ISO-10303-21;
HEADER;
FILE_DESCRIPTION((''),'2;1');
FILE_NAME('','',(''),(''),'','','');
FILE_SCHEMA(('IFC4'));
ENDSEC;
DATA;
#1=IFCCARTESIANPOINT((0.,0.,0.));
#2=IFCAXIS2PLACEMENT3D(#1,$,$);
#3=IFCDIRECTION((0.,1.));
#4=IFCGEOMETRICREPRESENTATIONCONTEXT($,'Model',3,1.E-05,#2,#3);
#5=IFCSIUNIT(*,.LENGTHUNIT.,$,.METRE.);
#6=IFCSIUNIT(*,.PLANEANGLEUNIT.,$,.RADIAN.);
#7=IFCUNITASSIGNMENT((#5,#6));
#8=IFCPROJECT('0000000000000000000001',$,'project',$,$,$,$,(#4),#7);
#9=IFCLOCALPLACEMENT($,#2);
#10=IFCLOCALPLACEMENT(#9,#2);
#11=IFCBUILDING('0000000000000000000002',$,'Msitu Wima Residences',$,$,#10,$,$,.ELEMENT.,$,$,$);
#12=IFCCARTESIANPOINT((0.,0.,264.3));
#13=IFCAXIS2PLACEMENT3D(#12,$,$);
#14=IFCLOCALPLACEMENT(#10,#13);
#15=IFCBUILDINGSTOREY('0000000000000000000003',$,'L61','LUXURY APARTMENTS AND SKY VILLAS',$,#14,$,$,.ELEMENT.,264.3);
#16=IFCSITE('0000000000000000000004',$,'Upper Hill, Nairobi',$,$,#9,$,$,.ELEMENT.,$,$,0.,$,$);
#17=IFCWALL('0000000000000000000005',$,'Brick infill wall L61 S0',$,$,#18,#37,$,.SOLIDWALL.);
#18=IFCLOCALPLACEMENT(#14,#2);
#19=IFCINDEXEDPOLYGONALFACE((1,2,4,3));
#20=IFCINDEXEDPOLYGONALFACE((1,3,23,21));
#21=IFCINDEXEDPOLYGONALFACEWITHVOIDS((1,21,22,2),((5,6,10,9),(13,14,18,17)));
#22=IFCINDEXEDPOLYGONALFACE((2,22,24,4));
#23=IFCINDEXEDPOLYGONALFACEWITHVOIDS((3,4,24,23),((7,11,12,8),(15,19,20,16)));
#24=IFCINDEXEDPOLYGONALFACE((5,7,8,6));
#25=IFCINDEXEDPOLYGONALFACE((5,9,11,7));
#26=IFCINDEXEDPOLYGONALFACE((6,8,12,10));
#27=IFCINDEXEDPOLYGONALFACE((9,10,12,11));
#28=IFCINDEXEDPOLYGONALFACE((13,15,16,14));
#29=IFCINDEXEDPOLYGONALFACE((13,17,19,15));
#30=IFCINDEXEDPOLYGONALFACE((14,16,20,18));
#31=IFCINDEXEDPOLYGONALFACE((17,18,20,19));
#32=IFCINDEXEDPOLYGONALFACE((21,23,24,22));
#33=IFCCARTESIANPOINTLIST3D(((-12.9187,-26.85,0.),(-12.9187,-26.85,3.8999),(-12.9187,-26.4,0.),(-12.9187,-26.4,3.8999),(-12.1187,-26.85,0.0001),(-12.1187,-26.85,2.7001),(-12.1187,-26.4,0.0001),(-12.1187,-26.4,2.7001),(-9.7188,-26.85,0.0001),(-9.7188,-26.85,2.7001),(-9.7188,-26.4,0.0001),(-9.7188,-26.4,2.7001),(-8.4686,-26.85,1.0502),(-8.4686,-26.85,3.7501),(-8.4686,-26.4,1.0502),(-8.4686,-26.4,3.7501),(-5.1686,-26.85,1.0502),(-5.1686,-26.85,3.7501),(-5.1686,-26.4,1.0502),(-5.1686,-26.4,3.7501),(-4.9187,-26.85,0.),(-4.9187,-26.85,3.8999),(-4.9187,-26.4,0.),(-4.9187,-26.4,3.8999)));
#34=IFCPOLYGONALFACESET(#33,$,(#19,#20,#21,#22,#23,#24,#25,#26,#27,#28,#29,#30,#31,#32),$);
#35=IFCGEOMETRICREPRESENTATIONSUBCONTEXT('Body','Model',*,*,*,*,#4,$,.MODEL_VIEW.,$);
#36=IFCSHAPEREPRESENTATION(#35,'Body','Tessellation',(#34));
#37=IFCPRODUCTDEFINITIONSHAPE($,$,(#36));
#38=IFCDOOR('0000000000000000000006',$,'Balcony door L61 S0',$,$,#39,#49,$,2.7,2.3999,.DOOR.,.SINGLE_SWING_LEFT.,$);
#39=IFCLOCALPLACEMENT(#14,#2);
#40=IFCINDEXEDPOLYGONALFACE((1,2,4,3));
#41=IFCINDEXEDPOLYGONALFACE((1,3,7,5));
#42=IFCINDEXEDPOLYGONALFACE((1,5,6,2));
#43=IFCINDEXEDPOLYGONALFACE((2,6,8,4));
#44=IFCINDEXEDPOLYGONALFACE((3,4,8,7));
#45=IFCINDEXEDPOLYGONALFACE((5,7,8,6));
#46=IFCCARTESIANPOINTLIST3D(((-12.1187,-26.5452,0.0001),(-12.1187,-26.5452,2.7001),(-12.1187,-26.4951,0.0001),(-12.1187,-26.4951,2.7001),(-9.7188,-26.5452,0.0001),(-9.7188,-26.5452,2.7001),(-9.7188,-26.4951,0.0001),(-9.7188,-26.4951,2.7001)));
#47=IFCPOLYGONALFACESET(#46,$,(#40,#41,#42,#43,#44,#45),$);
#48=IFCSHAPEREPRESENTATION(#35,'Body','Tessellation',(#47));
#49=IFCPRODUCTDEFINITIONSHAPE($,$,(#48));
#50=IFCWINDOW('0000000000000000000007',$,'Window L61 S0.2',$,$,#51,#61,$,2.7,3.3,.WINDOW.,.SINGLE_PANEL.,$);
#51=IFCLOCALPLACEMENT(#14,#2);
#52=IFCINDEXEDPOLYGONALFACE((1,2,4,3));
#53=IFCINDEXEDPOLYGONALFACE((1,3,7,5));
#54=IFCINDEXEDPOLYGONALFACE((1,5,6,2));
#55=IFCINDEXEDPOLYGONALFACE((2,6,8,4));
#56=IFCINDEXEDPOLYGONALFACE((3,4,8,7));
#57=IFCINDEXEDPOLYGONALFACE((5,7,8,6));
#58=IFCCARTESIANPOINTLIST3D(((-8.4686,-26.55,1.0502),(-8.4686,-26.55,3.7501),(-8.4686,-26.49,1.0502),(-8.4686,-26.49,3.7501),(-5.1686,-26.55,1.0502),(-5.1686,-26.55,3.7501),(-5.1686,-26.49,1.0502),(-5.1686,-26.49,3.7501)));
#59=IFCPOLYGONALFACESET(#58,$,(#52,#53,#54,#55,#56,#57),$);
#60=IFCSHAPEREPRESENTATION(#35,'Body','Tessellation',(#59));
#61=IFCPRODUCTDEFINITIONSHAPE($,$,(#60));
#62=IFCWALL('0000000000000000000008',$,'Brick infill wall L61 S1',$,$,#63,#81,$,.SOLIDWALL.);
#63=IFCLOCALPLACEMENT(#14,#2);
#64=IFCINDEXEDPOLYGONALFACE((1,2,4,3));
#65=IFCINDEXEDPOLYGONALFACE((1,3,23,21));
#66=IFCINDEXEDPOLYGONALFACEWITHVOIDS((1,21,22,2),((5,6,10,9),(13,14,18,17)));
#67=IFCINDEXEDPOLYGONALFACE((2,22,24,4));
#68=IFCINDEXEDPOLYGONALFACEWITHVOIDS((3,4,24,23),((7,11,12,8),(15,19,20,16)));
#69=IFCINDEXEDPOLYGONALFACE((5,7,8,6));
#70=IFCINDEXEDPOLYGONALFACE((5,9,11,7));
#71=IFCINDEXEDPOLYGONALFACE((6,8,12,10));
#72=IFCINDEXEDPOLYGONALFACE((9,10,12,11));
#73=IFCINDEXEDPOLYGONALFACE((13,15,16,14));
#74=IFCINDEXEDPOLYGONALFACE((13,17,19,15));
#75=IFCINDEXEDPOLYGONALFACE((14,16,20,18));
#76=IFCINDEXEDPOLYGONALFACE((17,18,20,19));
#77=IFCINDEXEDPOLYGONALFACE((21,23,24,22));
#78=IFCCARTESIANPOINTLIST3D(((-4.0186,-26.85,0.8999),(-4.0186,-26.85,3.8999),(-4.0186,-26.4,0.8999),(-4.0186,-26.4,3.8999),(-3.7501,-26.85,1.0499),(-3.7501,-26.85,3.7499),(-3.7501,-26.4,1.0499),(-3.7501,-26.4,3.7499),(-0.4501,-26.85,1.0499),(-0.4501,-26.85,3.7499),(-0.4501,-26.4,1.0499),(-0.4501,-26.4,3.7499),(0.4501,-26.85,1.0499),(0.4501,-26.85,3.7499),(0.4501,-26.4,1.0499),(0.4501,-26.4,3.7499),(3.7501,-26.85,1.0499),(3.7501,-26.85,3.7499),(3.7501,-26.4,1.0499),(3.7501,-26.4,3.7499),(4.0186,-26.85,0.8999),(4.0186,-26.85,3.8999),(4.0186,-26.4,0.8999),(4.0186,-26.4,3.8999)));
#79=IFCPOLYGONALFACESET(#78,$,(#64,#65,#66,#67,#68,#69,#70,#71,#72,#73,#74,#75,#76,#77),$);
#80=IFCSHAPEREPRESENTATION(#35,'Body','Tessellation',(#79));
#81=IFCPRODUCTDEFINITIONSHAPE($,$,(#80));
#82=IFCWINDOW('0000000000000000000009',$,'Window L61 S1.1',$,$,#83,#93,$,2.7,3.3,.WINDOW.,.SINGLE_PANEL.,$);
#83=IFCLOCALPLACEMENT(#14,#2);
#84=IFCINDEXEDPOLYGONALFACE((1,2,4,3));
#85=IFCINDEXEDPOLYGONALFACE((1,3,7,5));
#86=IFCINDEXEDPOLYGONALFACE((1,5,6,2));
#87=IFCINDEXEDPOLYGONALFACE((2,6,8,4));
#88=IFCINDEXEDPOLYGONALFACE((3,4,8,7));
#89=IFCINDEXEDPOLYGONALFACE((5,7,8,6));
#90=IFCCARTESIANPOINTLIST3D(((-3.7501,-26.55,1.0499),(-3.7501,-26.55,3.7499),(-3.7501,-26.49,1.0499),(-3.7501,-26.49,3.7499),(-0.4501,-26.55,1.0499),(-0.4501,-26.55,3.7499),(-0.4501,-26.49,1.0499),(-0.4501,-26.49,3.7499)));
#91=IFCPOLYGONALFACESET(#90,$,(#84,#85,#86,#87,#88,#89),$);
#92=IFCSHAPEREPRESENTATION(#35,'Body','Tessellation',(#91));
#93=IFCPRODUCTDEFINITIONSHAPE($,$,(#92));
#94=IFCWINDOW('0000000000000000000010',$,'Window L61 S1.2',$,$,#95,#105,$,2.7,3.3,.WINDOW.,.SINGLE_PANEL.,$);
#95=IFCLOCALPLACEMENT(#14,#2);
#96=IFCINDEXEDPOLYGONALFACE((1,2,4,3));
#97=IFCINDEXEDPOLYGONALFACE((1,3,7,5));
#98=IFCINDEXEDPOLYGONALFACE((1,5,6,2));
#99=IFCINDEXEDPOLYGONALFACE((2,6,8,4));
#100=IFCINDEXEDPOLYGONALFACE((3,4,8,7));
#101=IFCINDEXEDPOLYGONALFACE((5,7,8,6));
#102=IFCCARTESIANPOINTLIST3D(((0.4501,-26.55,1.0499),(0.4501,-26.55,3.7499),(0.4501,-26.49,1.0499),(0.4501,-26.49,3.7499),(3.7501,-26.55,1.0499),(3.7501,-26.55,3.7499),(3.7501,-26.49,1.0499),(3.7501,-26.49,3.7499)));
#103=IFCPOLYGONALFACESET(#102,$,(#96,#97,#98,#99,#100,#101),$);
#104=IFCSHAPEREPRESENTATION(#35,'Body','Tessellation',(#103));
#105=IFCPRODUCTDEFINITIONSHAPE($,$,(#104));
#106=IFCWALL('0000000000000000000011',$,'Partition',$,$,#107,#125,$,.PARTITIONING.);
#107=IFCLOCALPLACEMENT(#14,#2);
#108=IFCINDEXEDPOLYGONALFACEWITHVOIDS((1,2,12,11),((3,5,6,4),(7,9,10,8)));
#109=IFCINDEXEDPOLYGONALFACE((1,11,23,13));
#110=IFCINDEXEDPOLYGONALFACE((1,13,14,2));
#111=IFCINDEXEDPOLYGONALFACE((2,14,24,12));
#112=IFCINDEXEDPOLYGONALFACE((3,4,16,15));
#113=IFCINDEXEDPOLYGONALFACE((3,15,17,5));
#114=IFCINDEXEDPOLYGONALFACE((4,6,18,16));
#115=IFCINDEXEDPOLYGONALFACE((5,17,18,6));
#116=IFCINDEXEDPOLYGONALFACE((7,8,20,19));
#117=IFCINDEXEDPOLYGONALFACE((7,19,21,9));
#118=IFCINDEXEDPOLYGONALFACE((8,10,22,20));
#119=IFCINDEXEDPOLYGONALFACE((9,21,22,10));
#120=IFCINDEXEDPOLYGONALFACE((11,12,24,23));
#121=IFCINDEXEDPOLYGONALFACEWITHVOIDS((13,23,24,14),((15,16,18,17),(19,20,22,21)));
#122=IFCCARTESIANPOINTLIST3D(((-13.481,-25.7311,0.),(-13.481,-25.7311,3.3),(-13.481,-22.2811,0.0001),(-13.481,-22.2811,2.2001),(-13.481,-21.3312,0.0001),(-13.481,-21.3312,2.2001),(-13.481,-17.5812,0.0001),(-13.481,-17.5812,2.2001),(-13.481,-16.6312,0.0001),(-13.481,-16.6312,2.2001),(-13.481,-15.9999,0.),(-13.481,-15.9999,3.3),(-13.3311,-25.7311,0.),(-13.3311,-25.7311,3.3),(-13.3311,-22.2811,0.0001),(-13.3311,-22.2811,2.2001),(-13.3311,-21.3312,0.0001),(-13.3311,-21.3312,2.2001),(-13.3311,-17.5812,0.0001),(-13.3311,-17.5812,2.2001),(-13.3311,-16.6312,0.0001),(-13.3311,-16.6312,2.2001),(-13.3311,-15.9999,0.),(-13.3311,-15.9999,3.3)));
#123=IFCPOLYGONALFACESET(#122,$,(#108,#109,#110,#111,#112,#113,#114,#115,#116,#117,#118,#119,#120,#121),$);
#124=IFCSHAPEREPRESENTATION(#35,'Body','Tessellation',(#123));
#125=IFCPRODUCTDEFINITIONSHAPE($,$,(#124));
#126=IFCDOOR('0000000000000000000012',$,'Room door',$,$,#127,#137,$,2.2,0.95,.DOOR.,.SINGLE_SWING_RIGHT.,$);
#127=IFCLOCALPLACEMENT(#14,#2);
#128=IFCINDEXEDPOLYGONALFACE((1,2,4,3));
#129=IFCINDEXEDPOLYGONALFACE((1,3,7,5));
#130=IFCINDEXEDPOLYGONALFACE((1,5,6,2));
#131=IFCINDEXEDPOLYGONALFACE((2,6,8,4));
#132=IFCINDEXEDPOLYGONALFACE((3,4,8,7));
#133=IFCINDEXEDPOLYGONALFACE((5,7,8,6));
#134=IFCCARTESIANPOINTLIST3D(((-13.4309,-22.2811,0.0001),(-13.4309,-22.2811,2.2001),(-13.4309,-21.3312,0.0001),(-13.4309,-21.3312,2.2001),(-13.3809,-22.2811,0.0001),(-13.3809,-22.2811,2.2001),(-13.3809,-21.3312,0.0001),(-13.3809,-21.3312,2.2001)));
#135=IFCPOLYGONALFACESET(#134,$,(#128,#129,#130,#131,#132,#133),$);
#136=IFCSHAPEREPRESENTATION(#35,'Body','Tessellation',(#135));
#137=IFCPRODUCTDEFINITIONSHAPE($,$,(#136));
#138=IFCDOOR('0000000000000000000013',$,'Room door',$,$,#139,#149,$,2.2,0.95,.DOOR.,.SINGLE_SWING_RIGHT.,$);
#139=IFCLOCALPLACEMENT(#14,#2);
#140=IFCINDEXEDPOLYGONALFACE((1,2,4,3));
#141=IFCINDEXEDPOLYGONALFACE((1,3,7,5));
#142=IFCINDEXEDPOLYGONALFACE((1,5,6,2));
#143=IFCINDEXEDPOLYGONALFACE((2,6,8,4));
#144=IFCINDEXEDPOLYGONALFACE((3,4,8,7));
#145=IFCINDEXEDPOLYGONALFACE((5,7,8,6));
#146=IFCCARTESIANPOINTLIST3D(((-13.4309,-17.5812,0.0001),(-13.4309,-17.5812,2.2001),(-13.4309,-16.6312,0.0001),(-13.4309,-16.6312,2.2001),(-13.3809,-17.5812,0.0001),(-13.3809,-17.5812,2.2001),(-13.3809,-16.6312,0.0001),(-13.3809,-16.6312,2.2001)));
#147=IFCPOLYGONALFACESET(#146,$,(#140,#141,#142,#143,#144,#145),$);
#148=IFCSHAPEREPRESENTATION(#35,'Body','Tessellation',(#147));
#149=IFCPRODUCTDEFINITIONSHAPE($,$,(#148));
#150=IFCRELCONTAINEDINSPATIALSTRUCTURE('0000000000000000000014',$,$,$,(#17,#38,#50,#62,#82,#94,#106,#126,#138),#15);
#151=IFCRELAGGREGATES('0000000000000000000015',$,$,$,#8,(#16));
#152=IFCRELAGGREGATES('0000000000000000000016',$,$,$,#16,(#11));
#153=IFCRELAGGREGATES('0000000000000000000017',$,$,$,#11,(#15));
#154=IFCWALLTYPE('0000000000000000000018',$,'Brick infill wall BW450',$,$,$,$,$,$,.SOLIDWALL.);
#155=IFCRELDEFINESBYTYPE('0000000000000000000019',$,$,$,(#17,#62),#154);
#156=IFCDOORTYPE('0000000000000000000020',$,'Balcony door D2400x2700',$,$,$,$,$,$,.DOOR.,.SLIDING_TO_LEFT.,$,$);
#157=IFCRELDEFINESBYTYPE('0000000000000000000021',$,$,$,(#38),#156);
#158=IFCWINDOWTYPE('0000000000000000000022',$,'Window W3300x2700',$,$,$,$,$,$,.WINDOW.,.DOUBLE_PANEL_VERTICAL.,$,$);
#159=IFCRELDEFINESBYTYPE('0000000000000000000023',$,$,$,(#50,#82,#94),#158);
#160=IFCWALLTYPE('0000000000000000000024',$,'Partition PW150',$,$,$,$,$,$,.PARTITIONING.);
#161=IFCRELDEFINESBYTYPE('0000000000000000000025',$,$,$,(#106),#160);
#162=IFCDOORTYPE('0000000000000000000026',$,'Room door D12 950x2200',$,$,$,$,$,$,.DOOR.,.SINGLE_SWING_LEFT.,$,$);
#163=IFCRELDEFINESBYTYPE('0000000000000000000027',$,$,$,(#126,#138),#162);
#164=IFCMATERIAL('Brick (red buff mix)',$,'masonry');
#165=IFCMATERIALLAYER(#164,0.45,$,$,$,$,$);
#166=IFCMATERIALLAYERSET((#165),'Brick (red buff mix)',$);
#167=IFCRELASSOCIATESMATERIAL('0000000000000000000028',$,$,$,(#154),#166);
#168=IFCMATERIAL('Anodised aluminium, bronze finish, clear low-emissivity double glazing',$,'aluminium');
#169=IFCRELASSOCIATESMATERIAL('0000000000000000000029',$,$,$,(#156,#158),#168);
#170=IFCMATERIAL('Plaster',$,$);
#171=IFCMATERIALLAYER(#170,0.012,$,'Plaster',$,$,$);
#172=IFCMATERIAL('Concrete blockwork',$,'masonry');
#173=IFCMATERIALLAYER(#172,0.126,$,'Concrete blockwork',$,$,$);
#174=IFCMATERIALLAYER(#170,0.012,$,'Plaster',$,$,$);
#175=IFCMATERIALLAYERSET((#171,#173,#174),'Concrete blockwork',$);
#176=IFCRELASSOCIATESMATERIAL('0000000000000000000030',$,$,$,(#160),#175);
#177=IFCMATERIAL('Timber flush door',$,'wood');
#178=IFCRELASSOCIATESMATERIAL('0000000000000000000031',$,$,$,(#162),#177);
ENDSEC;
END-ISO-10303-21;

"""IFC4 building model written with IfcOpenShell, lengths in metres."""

from ifc_helpers import new_model, si_unit, direction, frame, frame_2d, origin, place, context, subcontext, project, spatial, rectangle, extrude, material, layer, layer_set, type_object, element, fill, save


model = new_model("IFC4")

# Units and contexts
model_context = context("Model", 3, precision=1e-05, world=origin(), true_north=direction((0.0, 1.0)))
body_context = subcontext(model_context, "Body", "Model", "MODEL_VIEW")
ifc_project = project(units=[si_unit("LENGTHUNIT", "METRE"), si_unit("PLANEANGLEUNIT", "RADIAN")], contexts=[model_context])

# Site, building, storey
site_placement = place(None, origin())
site = spatial("IfcSite", under=ifc_project, at=site_placement, Name="Upper Hill, Nairobi", CompositionType="ELEMENT", RefElevation=0.0)
building_placement = place(site_placement, origin())
building = spatial("IfcBuilding", under=site, at=building_placement, Name="Msitu Wima Residences", CompositionType="ELEMENT")
storey_placement = place(building_placement, frame((0.0, 0.0, 264.3)))
storey = spatial("IfcBuildingStorey", under=building, at=storey_placement, Name="L61", Description="LUXURY APARTMENTS AND SKY VILLAS", CompositionType="ELEMENT", Elevation=264.3)

# Wall, openings, door, window
ifc_material_1 = material(Name="Brick (red buff mix)", Category="masonry")
ifc_layer_1 = layer(ifc_material_1, 0.45)
ifc_layer_set_1 = layer_set([ifc_layer_1], Name="Brick (red buff mix)")
wall_type_1 = type_object("IfcWallType", Name="Brick infill wall BW450", PredefinedType="SOLIDWALL", material=ifc_layer_set_1)
wall_1_placement = place(storey_placement, frame((-12.9187, -26.625, 0.0), z_axis=(0.0, 0.0, 1.0), x_axis=(1.0, 0.0, 0.0)))
wall_1 = element("IfcWall", 1, at=wall_1_placement, inside=storey, type_object=wall_type_1, Name="Brick infill wall L61 S0", PredefinedType="SOLIDWALL", context=body_context, shape_type="SweptSolid", body=[
    extrude(rectangle(XDim=8.0, YDim=0.45, at=frame_2d((4.0, 0.0))), origin(), (0.0, 0.0, 1.0), 3.8999),
])
opening_1_placement = place(wall_1_placement, frame((0.8, 0.0, 0.0)))
opening_1 = element("IfcOpeningElement", 2, at=opening_1_placement, cuts=wall_1, PredefinedType="OPENING", context=body_context, shape_type="SweptSolid", body=[
    extrude(rectangle(XDim=2.3999, YDim=2.7, at=frame_2d((1.2, 1.3501))), frame((0.0, 0.2349, 0.0), z_axis=(0.0, -1.0, 0.0), x_axis=(1.0, 0.0, 0.0)), (0.0, 0.0, 1.0), 0.47),
])
opening_2_placement = place(wall_1_placement, frame((4.4502, 0.0, 1.05)))
opening_2 = element("IfcOpeningElement", 3, at=opening_2_placement, cuts=wall_1, PredefinedType="OPENING", context=body_context, shape_type="SweptSolid", body=[
    extrude(rectangle(XDim=3.3, YDim=2.7, at=frame_2d((1.6499, 1.3501))), frame((0.0, 0.2349, 0.0), z_axis=(0.0, -1.0, 0.0), x_axis=(1.0, 0.0, 0.0)), (0.0, 0.0, 1.0), 0.47),
])
ifc_material_2 = material(Name="Anodised aluminium, bronze finish, clear low-emissivity double glazing", Category="aluminium")
door_type_1 = type_object("IfcDoorType", Name="Balcony door D2400x2700", OperationType="SLIDING_TO_LEFT", PredefinedType="DOOR", material=ifc_material_2)
door_1_placement = place(opening_1_placement, origin())
door_1 = element("IfcDoor", 4, at=door_1_placement, inside=storey, type_object=door_type_1, Name="Balcony door L61 S0", OperationType="SINGLE_SWING_LEFT", OverallHeight=2.7, OverallWidth=2.3999, PredefinedType="DOOR", context=body_context, shape_type="SweptSolid", body=[
    extrude(rectangle(XDim=2.3999, YDim=2.7, at=frame_2d((1.2, 1.3501))), frame((0.0, 0.1299, 0.0), z_axis=(0.0, -1.0, 0.0), x_axis=(1.0, 0.0, 0.0)), (0.0, 0.0, 1.0), 0.05),
])
fill(opening_1, door_1)
window_type = type_object("IfcWindowType", Name="Window W3300x2700", PartitioningType="DOUBLE_PANEL_VERTICAL", PredefinedType="WINDOW", material=ifc_material_2)
window_1_placement = place(opening_2_placement, origin())
window_1 = element("IfcWindow", 5, at=window_1_placement, inside=storey, type_object=window_type, Name="Window L61 S0.2", OverallHeight=2.7, OverallWidth=3.3, PartitioningType="SINGLE_PANEL", PredefinedType="WINDOW", context=body_context, shape_type="SweptSolid", body=[
    extrude(rectangle(XDim=3.3, YDim=2.7, at=frame_2d((1.6499, 1.3501))), frame((0.0, 0.135, 0.0), z_axis=(0.0, -1.0, 0.0), x_axis=(1.0, 0.0, 0.0)), (0.0, 0.0, 1.0), 0.0601),
])
fill(opening_2, window_1)

# Wall, openings, windows
wall_2_placement = place(storey_placement, frame((-4.0186, -26.625, 0.8999), z_axis=(0.0, 0.0, 1.0), x_axis=(1.0, 0.0, 0.0)))
wall_2 = element("IfcWall", 6, at=wall_2_placement, inside=storey, type_object=wall_type_1, Name="Brick infill wall L61 S1", PredefinedType="SOLIDWALL", context=body_context, shape_type="SweptSolid", body=[
    extrude(rectangle(XDim=8.0371, YDim=0.45, at=frame_2d((4.0186, 0.0))), origin(), (0.0, 0.0, 1.0), 3.0),
])
opening_3_placement = place(wall_2_placement, frame((0.2686, 0.0, 0.1499)))
opening_3 = element("IfcOpeningElement", 7, at=opening_3_placement, cuts=wall_2, PredefinedType="OPENING", context=body_context, shape_type="SweptSolid", body=[
    extrude(rectangle(XDim=3.3, YDim=2.7, at=frame_2d((1.6499, 1.3501))), frame((0.0, 0.2349, 0.0), z_axis=(0.0, -1.0, 0.0), x_axis=(1.0, 0.0, 0.0)), (0.0, 0.0, 1.0), 0.47),
])
opening_4_placement = place(wall_2_placement, frame((4.4688, 0.0, 0.1499)))
opening_4 = element("IfcOpeningElement", 8, at=opening_4_placement, cuts=wall_2, PredefinedType="OPENING", context=body_context, shape_type="SweptSolid", body=[
    extrude(rectangle(XDim=3.3, YDim=2.7, at=frame_2d((1.6499, 1.3501))), frame((0.0, 0.2349, 0.0), z_axis=(0.0, -1.0, 0.0), x_axis=(1.0, 0.0, 0.0)), (0.0, 0.0, 1.0), 0.47),
])
window_2_placement = place(opening_3_placement, origin())
window_2 = element("IfcWindow", 9, at=window_2_placement, inside=storey, type_object=window_type, Name="Window L61 S1.1", OverallHeight=2.7, OverallWidth=3.3, PartitioningType="SINGLE_PANEL", PredefinedType="WINDOW", context=body_context, shape_type="SweptSolid", body=[
    extrude(rectangle(XDim=3.3, YDim=2.7, at=frame_2d((1.6499, 1.3501))), frame((0.0, 0.135, 0.0), z_axis=(0.0, -1.0, 0.0), x_axis=(1.0, 0.0, 0.0)), (0.0, 0.0, 1.0), 0.0601),
])
fill(opening_3, window_2)
window_3_placement = place(opening_4_placement, origin())
window_3 = element("IfcWindow", 10, at=window_3_placement, inside=storey, type_object=window_type, Name="Window L61 S1.2", OverallHeight=2.7, OverallWidth=3.3, PartitioningType="SINGLE_PANEL", PredefinedType="WINDOW", context=body_context, shape_type="SweptSolid", body=[
    extrude(rectangle(XDim=3.3, YDim=2.7, at=frame_2d((1.6499, 1.3501))), frame((0.0, 0.135, 0.0), z_axis=(0.0, -1.0, 0.0), x_axis=(1.0, 0.0, 0.0)), (0.0, 0.0, 1.0), 0.0601),
])
fill(opening_4, window_3)

# Wall, openings, doors
ifc_material_3 = material(Name="Plaster")
ifc_layer_2 = layer(ifc_material_3, 0.012, Name="Plaster")
ifc_material_4 = material(Name="Concrete blockwork", Category="masonry")
ifc_layer_3 = layer(ifc_material_4, 0.126, Name="Concrete blockwork")
ifc_layer_4 = layer(ifc_material_3, 0.012, Name="Plaster")
ifc_layer_set_2 = layer_set([ifc_layer_2, ifc_layer_3, ifc_layer_4], Name="Concrete blockwork")
wall_type_2 = type_object("IfcWallType", Name="Partition PW150", PredefinedType="PARTITIONING", material=ifc_layer_set_2)
wall_3_placement = place(storey_placement, frame((-13.406, -25.7312, 0.0), z_axis=(0.0, 0.0, 1.0), x_axis=(0.0, 1.0, 0.0)))
wall_3 = element("IfcWall", 11, at=wall_3_placement, inside=storey, type_object=wall_type_2, Name="Partition", PredefinedType="PARTITIONING", context=body_context, shape_type="SweptSolid", body=[
    extrude(rectangle(XDim=9.7312, YDim=0.1499, at=frame_2d((4.8657, 0.0))), origin(), (0.0, 0.0, 1.0), 3.3),
])
opening_5_placement = place(wall_3_placement, frame((3.45, 0.0, 0.0)))
opening_5 = element("IfcOpeningElement", 12, at=opening_5_placement, cuts=wall_3, PredefinedType="OPENING", context=body_context, shape_type="SweptSolid", body=[
    extrude(rectangle(XDim=0.95, YDim=2.2, at=frame_2d((0.4751, 1.1001))), frame((0.0, 0.085, 0.0), z_axis=(0.0, -1.0, 0.0), x_axis=(1.0, 0.0, 0.0)), (0.0, 0.0, 1.0), 0.1699),
])
opening_6_placement = place(wall_3_placement, frame((8.1499, 0.0, 0.0)))
opening_6 = element("IfcOpeningElement", 13, at=opening_6_placement, cuts=wall_3, PredefinedType="OPENING", context=body_context, shape_type="SweptSolid", body=[
    extrude(rectangle(XDim=0.95, YDim=2.2, at=frame_2d((0.4751, 1.1001))), frame((0.0, 0.085, 0.0), z_axis=(0.0, -1.0, 0.0), x_axis=(1.0, 0.0, 0.0)), (0.0, 0.0, 1.0), 0.1699),
])
ifc_material_5 = material(Name="Timber flush door", Category="wood")
door_type_2 = type_object("IfcDoorType", Name="Room door D12 950x2200", OperationType="SINGLE_SWING_LEFT", PredefinedType="DOOR", material=ifc_material_5)
door_2_placement = place(opening_5_placement, origin())
door_2 = element("IfcDoor", 14, at=door_2_placement, inside=storey, type_object=door_type_2, Name="Room door", OperationType="SINGLE_SWING_RIGHT", OverallHeight=2.2, OverallWidth=0.95, PredefinedType="DOOR", context=body_context, shape_type="SweptSolid", body=[
    extrude(rectangle(XDim=0.95, YDim=2.2, at=frame_2d((0.4751, 1.1001))), frame((0.0, 0.0249, 0.0), z_axis=(0.0, -1.0, 0.0), x_axis=(1.0, 0.0, 0.0)), (0.0, 0.0, 1.0), 0.05),
])
fill(opening_5, door_2)
door_3_placement = place(opening_6_placement, origin())
door_3 = element("IfcDoor", 15, at=door_3_placement, inside=storey, type_object=door_type_2, Name="Room door", OperationType="SINGLE_SWING_RIGHT", OverallHeight=2.2, OverallWidth=0.95, PredefinedType="DOOR", context=body_context, shape_type="SweptSolid", body=[
    extrude(rectangle(XDim=0.95, YDim=2.2, at=frame_2d((0.4751, 1.1001))), frame((0.0, 0.0249, 0.0), z_axis=(0.0, -1.0, 0.0), x_axis=(1.0, 0.0, 0.0)), (0.0, 0.0, 1.0), 0.05),
])
fill(opening_6, door_3)

save(model, "model.ifc")
